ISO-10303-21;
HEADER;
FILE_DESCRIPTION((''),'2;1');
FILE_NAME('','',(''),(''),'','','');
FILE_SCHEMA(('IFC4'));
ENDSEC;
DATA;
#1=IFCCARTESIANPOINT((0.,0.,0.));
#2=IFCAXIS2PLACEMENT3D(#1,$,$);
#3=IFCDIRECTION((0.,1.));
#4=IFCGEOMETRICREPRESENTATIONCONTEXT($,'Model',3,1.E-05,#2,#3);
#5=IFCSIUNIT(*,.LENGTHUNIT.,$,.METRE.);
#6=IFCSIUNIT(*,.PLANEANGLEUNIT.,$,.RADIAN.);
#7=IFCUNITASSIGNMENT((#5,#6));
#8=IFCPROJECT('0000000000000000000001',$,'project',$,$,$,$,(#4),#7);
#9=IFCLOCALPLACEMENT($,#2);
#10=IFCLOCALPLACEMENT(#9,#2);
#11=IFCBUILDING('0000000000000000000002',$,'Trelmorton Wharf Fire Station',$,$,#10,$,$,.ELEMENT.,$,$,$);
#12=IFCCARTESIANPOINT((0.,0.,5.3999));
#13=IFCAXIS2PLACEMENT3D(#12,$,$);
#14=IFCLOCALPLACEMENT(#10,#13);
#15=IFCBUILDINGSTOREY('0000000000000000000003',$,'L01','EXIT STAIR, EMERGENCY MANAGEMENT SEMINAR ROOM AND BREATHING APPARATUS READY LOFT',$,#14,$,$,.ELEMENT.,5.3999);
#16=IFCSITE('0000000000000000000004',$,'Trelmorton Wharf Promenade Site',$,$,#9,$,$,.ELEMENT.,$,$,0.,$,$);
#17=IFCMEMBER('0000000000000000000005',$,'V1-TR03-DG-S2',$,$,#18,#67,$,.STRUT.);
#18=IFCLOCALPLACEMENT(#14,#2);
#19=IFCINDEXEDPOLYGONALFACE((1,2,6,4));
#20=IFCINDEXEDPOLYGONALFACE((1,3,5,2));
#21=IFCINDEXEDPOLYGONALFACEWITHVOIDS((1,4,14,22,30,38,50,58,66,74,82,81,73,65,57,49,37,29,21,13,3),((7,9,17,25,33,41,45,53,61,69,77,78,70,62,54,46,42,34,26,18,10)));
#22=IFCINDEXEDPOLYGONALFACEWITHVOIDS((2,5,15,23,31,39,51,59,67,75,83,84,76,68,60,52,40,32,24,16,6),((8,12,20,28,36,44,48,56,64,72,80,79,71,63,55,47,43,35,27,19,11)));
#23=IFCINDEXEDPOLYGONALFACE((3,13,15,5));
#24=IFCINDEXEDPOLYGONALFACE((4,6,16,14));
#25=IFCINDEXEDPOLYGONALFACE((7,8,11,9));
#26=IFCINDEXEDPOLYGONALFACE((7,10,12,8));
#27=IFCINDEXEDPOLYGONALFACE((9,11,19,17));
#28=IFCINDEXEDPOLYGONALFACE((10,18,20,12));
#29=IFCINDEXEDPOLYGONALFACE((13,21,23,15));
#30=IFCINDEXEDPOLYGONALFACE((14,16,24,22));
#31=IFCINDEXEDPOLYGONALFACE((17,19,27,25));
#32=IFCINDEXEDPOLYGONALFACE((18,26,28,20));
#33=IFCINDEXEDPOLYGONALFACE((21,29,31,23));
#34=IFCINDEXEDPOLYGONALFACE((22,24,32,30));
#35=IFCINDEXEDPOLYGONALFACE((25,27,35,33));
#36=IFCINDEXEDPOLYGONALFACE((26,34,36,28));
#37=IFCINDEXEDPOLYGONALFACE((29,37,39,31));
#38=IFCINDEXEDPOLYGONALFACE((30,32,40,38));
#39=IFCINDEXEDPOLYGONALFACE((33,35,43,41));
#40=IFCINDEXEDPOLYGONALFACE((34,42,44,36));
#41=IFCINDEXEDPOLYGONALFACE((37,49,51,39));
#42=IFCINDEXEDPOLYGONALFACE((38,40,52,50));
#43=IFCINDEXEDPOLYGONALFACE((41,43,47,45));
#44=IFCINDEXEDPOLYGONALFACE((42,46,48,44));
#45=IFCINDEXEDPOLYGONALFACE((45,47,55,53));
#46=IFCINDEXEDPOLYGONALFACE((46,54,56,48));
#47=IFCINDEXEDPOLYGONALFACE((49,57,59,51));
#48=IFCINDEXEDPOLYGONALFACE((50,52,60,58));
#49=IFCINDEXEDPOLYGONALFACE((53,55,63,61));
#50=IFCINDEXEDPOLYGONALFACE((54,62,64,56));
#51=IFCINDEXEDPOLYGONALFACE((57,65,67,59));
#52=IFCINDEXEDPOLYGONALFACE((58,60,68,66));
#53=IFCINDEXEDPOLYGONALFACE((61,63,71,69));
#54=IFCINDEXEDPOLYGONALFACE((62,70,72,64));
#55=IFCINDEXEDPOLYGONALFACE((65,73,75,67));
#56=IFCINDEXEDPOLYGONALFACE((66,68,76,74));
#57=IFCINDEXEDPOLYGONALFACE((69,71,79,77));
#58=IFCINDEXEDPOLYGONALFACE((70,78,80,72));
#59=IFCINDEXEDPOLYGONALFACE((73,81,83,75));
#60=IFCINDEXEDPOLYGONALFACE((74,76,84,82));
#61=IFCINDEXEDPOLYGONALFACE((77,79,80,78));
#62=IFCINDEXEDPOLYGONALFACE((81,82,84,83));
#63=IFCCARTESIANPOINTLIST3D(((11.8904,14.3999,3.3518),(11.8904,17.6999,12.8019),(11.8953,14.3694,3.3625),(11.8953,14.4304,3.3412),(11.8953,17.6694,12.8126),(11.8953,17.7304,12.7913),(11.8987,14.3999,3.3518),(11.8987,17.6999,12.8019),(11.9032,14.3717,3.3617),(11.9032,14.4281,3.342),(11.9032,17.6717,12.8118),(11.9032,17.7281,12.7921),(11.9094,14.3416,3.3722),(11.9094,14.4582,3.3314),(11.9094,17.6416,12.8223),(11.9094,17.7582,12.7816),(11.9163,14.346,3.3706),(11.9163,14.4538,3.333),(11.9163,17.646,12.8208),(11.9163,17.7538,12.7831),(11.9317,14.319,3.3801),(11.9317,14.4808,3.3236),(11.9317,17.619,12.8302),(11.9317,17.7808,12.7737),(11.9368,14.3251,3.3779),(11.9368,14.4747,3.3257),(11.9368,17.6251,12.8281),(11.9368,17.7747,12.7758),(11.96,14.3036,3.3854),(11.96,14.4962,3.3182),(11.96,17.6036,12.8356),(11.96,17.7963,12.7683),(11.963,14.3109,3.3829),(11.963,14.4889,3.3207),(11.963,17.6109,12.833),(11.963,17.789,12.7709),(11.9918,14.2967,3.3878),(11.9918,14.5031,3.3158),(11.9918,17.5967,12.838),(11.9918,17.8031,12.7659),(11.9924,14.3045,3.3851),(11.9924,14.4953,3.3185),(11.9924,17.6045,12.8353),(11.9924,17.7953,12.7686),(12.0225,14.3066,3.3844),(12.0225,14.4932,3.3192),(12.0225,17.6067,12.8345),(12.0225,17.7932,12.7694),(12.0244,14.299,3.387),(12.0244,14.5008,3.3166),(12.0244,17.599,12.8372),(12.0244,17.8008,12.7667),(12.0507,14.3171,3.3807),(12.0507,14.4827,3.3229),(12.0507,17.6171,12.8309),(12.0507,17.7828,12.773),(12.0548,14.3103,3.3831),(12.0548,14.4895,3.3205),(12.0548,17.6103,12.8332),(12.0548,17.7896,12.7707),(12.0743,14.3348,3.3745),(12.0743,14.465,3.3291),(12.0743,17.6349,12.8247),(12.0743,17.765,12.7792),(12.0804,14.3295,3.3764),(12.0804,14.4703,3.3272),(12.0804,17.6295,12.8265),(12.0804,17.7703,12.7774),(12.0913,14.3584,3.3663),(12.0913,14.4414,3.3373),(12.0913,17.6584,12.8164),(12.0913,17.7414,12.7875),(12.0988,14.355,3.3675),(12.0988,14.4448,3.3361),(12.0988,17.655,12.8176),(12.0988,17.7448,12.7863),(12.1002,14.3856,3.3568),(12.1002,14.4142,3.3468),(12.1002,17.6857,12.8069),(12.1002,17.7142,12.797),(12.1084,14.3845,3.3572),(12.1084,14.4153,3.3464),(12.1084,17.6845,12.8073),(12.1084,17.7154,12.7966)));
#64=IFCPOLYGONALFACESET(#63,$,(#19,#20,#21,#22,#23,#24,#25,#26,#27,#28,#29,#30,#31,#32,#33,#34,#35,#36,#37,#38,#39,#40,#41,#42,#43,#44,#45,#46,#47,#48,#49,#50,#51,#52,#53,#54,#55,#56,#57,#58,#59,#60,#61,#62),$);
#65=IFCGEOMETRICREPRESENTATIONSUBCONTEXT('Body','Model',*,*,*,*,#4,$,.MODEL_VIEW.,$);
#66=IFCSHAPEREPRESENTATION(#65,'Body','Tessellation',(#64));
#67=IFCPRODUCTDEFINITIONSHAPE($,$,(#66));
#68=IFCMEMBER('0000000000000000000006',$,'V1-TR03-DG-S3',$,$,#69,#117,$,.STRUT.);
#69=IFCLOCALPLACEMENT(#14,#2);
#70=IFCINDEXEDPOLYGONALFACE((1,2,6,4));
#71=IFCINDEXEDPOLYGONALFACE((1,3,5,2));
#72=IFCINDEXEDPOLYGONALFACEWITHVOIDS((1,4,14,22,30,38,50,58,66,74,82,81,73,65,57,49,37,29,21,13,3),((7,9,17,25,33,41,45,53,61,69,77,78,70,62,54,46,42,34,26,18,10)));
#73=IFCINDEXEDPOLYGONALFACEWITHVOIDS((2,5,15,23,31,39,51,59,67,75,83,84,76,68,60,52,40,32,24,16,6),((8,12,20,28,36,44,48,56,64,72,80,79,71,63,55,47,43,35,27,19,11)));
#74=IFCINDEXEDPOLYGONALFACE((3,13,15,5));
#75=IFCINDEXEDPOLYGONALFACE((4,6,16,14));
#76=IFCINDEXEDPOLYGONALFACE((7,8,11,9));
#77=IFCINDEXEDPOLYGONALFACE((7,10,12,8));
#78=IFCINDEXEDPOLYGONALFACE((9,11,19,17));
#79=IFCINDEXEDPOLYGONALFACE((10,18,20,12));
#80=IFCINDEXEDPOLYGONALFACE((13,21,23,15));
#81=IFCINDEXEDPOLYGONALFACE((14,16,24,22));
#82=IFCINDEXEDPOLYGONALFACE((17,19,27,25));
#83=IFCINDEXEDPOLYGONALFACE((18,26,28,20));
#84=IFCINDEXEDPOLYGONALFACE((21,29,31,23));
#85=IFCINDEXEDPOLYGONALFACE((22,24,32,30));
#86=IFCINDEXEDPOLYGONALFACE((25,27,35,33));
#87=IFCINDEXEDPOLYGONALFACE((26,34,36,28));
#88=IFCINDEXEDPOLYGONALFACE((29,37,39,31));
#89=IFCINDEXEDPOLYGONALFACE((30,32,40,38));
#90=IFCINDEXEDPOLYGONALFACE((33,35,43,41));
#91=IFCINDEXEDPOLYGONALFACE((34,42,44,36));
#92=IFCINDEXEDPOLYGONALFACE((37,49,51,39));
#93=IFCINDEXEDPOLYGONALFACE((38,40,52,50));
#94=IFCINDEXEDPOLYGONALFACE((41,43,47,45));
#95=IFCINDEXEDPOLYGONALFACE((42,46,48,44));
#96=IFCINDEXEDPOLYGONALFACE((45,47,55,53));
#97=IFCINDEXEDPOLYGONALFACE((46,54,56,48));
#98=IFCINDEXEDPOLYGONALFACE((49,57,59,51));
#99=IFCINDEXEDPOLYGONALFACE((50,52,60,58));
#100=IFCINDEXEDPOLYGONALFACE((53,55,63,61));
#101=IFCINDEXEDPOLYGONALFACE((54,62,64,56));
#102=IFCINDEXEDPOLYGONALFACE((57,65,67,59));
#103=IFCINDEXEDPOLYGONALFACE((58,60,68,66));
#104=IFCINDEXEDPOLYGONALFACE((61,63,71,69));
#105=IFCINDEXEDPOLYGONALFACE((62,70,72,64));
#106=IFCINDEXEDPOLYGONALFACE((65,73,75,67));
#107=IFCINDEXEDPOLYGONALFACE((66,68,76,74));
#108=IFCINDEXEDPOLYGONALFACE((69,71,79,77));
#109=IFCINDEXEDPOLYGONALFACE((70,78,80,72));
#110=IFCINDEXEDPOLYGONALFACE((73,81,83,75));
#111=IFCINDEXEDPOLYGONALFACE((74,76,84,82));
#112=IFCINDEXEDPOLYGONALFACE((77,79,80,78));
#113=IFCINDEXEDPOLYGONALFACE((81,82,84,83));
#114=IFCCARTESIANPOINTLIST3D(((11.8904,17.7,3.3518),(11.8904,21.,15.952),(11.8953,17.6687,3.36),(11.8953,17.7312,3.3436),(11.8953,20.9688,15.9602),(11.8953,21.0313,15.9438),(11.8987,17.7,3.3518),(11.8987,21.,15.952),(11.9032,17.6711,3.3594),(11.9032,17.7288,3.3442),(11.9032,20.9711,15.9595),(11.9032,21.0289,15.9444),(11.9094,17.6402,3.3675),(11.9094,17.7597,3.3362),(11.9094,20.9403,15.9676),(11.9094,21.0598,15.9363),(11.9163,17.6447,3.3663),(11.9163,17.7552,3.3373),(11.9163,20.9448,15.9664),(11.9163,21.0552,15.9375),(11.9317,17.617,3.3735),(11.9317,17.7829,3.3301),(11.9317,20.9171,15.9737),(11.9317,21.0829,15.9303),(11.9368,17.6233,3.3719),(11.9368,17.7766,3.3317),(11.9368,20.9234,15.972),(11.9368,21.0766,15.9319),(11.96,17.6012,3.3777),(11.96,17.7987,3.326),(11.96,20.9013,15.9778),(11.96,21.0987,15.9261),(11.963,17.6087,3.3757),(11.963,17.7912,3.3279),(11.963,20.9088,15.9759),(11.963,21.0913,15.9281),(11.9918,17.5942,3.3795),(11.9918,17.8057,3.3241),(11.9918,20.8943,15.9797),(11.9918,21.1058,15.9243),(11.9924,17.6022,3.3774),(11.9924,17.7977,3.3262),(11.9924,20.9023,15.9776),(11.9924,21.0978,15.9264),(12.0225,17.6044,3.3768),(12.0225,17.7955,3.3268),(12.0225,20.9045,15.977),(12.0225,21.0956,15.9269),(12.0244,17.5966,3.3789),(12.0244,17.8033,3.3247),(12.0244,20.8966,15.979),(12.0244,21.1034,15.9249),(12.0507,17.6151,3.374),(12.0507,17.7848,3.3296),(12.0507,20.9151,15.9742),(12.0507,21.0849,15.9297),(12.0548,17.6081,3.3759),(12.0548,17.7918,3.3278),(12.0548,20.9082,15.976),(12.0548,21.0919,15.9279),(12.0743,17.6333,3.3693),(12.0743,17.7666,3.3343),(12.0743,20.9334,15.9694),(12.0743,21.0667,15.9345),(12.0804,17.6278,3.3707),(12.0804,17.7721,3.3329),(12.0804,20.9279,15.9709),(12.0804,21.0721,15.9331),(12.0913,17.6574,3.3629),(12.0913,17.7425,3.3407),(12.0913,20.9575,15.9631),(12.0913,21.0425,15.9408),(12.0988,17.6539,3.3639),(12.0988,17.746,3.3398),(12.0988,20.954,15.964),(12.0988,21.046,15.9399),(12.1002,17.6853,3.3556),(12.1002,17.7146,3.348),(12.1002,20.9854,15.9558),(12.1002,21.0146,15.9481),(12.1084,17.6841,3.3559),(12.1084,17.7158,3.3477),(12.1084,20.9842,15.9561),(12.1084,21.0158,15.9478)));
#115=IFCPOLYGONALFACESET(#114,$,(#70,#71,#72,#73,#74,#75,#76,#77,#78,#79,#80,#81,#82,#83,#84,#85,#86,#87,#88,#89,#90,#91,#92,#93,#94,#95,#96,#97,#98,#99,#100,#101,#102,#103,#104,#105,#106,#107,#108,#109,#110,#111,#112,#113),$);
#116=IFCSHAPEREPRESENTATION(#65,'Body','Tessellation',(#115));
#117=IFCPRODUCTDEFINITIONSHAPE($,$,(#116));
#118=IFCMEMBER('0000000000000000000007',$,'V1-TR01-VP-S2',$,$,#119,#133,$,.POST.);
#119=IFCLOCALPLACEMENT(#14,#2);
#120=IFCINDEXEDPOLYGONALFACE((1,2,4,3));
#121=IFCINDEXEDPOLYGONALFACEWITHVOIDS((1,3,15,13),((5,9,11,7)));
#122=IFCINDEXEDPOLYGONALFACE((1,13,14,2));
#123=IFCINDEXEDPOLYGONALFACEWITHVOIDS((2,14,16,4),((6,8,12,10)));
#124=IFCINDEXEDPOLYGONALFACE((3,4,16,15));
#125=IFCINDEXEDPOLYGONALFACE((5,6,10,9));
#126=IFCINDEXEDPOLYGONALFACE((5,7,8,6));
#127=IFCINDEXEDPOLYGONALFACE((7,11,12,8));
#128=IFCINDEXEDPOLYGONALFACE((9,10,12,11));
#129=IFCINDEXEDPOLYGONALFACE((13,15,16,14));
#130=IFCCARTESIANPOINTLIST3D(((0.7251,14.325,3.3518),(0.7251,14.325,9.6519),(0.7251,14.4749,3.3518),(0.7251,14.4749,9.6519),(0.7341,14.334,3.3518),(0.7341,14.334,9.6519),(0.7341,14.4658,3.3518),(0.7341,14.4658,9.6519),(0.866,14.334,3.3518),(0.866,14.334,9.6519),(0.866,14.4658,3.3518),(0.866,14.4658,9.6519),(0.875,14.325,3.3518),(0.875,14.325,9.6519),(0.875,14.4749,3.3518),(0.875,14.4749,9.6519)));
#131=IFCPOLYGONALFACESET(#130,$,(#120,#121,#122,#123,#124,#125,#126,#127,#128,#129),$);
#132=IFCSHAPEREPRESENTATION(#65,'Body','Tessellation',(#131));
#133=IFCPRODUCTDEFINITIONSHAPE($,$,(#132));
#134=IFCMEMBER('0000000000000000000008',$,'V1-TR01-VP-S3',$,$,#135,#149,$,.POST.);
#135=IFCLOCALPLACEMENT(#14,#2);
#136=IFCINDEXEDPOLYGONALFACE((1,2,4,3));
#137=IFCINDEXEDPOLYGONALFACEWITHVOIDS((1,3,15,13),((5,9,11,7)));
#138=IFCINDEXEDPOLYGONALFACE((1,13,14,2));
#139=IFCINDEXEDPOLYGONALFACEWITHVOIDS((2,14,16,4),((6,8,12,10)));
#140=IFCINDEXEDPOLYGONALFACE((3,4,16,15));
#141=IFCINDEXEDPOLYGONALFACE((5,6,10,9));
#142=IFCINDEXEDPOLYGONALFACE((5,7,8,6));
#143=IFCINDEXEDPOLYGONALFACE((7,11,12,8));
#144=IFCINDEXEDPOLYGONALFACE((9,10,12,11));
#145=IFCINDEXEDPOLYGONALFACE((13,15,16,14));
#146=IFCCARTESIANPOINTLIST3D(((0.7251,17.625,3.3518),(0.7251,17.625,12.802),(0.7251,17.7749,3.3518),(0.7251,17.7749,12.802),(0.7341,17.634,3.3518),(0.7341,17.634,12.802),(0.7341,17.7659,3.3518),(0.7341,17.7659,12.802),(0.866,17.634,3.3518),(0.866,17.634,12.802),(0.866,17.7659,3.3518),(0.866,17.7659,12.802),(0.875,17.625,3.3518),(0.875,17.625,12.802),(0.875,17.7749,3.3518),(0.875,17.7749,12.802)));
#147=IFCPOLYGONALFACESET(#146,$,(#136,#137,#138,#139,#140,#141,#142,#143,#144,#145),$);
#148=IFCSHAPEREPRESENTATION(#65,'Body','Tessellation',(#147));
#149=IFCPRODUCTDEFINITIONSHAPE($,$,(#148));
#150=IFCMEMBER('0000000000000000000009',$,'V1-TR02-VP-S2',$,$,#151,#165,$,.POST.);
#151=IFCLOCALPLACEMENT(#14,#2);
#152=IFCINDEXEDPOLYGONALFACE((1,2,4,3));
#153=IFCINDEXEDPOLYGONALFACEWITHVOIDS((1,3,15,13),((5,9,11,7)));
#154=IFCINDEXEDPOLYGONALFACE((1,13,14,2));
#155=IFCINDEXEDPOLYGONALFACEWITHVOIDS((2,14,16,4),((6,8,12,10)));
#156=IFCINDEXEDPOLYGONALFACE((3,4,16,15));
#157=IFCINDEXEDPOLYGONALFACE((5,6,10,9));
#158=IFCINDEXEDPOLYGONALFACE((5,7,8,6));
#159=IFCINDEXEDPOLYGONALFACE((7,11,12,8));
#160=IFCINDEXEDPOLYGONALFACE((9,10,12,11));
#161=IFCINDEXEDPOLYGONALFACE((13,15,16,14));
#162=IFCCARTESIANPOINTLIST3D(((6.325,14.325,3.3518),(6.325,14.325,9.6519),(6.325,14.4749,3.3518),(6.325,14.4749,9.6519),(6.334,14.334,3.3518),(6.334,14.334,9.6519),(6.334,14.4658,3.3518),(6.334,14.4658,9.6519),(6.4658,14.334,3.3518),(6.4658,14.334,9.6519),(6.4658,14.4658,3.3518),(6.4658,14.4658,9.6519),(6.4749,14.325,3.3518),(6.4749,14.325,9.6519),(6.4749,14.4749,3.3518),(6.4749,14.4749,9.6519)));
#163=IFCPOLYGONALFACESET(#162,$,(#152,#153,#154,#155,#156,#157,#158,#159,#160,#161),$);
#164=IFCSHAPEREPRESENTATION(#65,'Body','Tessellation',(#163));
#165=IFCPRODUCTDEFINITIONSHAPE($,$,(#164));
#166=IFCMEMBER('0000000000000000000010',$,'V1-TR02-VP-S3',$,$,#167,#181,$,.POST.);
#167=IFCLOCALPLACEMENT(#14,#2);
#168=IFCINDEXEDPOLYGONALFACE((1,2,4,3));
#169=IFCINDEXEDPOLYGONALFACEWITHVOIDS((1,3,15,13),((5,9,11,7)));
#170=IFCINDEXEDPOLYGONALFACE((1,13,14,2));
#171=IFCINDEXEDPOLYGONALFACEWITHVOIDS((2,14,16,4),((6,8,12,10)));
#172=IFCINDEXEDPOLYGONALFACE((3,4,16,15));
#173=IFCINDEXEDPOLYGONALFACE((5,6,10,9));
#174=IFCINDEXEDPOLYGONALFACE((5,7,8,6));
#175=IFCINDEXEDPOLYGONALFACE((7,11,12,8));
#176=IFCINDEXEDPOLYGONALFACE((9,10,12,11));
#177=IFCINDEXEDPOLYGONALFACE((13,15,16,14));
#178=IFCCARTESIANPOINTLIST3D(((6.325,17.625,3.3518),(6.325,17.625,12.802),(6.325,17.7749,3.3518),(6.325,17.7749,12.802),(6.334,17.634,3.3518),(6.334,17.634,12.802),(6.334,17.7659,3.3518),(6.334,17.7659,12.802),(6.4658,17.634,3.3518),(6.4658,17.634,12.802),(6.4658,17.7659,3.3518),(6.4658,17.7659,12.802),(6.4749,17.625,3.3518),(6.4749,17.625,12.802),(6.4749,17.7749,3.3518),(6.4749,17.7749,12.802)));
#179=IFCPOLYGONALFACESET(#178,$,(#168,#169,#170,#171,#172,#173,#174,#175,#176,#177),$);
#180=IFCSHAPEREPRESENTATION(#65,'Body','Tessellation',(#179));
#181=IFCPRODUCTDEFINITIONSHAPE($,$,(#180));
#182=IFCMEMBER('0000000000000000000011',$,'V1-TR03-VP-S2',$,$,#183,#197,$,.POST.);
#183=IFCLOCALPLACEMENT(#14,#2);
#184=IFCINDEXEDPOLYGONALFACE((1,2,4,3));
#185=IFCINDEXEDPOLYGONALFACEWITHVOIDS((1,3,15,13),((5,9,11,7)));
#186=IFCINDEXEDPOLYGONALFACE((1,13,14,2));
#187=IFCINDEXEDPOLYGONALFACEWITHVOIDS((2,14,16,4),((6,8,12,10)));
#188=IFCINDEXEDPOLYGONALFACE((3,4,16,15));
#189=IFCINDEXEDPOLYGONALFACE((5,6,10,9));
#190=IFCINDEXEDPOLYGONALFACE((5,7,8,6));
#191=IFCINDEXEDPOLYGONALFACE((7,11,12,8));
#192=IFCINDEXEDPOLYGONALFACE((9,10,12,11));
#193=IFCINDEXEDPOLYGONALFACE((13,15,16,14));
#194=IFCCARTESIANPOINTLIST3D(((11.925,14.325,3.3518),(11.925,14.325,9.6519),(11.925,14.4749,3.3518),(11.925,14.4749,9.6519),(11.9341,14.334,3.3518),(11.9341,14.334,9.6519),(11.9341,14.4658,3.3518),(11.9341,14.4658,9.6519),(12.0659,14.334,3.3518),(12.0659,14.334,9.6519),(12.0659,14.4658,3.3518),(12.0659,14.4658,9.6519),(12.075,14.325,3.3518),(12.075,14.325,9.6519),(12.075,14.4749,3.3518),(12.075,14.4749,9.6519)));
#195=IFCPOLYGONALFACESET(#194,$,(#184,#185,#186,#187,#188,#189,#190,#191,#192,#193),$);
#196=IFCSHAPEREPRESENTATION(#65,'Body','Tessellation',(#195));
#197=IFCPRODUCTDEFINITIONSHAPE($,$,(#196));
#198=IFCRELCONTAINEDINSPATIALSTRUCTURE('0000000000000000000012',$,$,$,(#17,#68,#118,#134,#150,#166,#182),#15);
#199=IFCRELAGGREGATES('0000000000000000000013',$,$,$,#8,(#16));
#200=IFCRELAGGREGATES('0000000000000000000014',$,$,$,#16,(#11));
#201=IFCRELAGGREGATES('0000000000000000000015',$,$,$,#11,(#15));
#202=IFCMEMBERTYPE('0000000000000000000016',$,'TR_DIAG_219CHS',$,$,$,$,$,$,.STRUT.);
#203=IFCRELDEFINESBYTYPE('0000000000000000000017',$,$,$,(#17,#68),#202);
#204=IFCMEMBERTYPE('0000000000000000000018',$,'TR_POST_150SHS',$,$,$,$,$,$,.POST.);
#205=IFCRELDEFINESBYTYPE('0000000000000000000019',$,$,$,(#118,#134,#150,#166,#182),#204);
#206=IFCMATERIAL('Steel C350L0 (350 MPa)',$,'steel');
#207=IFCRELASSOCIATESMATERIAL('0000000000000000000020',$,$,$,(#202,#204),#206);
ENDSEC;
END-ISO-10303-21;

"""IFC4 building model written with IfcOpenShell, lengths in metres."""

from ifc_helpers import new_model, si_unit, direction, frame, origin, origin_2d, place, context, subcontext, project, spatial, hollow_rectangle, hollow_circle, extrude, material, material_profile, profile_set, type_object, element, save


model = new_model("IFC4")

# Units and contexts
model_context = context("Model", 3, precision=1e-05, world=origin(), true_north=direction((0.0, 1.0)))
body_context = subcontext(model_context, "Body", "Model", "MODEL_VIEW")
ifc_project = project(units=[si_unit("LENGTHUNIT", "METRE"), si_unit("PLANEANGLEUNIT", "RADIAN")], contexts=[model_context])

# Site, building, storey
site_placement = place(None, origin())
site = spatial("IfcSite", under=ifc_project, at=site_placement, Name="Trelmorton Wharf Promenade Site", CompositionType="ELEMENT", RefElevation=0.0)
building_placement = place(site_placement, origin())
building = spatial("IfcBuilding", under=site, at=building_placement, Name="Trelmorton Wharf Fire Station", CompositionType="ELEMENT")
storey_placement = place(building_placement, frame((0.0, 0.0, 5.3999)))
storey = spatial("IfcBuildingStorey", under=building, at=storey_placement, Name="L01", Description="EXIT STAIR, EMERGENCY MANAGEMENT SEMINAR ROOM AND BREATHING APPARATUS READY LOFT", CompositionType="ELEMENT", Elevation=5.3999)

# Members
ifc_material_1 = material(Name="Steel C350L0 (350 MPa)", Category="steel")
ifc_material_profile_1 = material_profile(ifc_material_1, hollow_circle(Radius=0.1096, WallThickness=0.0083, at=origin_2d()), Name="219.1x8.2CHS")
ifc_profile_set_1 = profile_set([ifc_material_profile_1], Name="Steel C350L0 (350 MPa)")
member_type_1 = type_object("IfcMemberType", Name="TR_DIAG_219CHS", PredefinedType="STRUT", material=ifc_profile_set_1)
member_1_placement = place(storey_placement, frame((12.0, 14.3999, 3.3518), z_axis=(0.0, 0.329681, 0.944092), x_axis=(-1.0, 0.0, 0.0)))
element("IfcMember", 1, at=member_1_placement, inside=storey, type_object=member_type_1, Name="V1-TR03-DG-S2", PredefinedType="STRUT", context=body_context, shape_type="SweptSolid", body=[
    extrude(hollow_circle(Radius=0.1096, WallThickness=0.0083, at=origin_2d()), origin(), (0.0, 0.0, 1.0), 10.0098),
])
member_2_placement = place(storey_placement, frame((12.0, 17.7, 3.3518), z_axis=(0.0, 0.253361, 0.967372), x_axis=(-1.0, 0.0, 0.0)))
element("IfcMember", 2, at=member_2_placement, inside=storey, type_object=member_type_1, Name="V1-TR03-DG-S3", PredefinedType="STRUT", context=body_context, shape_type="SweptSolid", body=[
    extrude(hollow_circle(Radius=0.1096, WallThickness=0.0083, at=origin_2d()), origin(), (0.0, 0.0, 1.0), 13.0251),
])
ifc_material_profile_2 = material_profile(ifc_material_1, hollow_rectangle(XDim=0.1499, YDim=0.1499, WallThickness=0.009, at=origin_2d()), Name="150x150x9.0SHS")
ifc_profile_set_2 = profile_set([ifc_material_profile_2], Name="Steel C350L0 (350 MPa)")
member_type_2 = type_object("IfcMemberType", Name="TR_POST_150SHS", PredefinedType="POST", material=ifc_profile_set_2)
member_3_placement = place(storey_placement, frame((0.8, 14.3999, 3.3518), z_axis=(0.0, 0.0, 1.0), x_axis=(1.0, 0.0, 0.0)))
element("IfcMember", 3, at=member_3_placement, inside=storey, type_object=member_type_2, Name="V1-TR01-VP-S2", PredefinedType="POST", context=body_context, shape_type="SweptSolid", body=[
    extrude(hollow_rectangle(XDim=0.1499, YDim=0.1499, WallThickness=0.009, at=origin_2d()), origin(), (0.0, 0.0, 1.0), 6.3),
])
member_4_placement = place(storey_placement, frame((0.8, 17.7, 3.3518), z_axis=(0.0, 0.0, 1.0), x_axis=(1.0, 0.0, 0.0)))
element("IfcMember", 4, at=member_4_placement, inside=storey, type_object=member_type_2, Name="V1-TR01-VP-S3", PredefinedType="POST", context=body_context, shape_type="SweptSolid", body=[
    extrude(hollow_rectangle(XDim=0.1499, YDim=0.1499, WallThickness=0.009, at=origin_2d()), origin(), (0.0, 0.0, 1.0), 9.4502),
])
member_5_placement = place(storey_placement, frame((6.3999, 14.3999, 3.3518), z_axis=(0.0, 0.0, 1.0), x_axis=(1.0, 0.0, 0.0)))
element("IfcMember", 5, at=member_5_placement, inside=storey, type_object=member_type_2, Name="V1-TR02-VP-S2", PredefinedType="POST", context=body_context, shape_type="SweptSolid", body=[
    extrude(hollow_rectangle(XDim=0.1499, YDim=0.1499, WallThickness=0.009, at=origin_2d()), origin(), (0.0, 0.0, 1.0), 6.3),
])
member_6_placement = place(storey_placement, frame((6.3999, 17.7, 3.3518), z_axis=(0.0, 0.0, 1.0), x_axis=(1.0, 0.0, 0.0)))
element("IfcMember", 6, at=member_6_placement, inside=storey, type_object=member_type_2, Name="V1-TR02-VP-S3", PredefinedType="POST", context=body_context, shape_type="SweptSolid", body=[
    extrude(hollow_rectangle(XDim=0.1499, YDim=0.1499, WallThickness=0.009, at=origin_2d()), origin(), (0.0, 0.0, 1.0), 9.4502),
])
member_7_placement = place(storey_placement, frame((12.0, 14.3999, 3.3518), z_axis=(0.0, 0.0, 1.0), x_axis=(1.0, 0.0, 0.0)))
element("IfcMember", 7, at=member_7_placement, inside=storey, type_object=member_type_2, Name="V1-TR03-VP-S2", PredefinedType="POST", context=body_context, shape_type="SweptSolid", body=[
    extrude(hollow_rectangle(XDim=0.1499, YDim=0.1499, WallThickness=0.009, at=origin_2d()), origin(), (0.0, 0.0, 1.0), 6.3),
])

save(model, "model.ifc")
